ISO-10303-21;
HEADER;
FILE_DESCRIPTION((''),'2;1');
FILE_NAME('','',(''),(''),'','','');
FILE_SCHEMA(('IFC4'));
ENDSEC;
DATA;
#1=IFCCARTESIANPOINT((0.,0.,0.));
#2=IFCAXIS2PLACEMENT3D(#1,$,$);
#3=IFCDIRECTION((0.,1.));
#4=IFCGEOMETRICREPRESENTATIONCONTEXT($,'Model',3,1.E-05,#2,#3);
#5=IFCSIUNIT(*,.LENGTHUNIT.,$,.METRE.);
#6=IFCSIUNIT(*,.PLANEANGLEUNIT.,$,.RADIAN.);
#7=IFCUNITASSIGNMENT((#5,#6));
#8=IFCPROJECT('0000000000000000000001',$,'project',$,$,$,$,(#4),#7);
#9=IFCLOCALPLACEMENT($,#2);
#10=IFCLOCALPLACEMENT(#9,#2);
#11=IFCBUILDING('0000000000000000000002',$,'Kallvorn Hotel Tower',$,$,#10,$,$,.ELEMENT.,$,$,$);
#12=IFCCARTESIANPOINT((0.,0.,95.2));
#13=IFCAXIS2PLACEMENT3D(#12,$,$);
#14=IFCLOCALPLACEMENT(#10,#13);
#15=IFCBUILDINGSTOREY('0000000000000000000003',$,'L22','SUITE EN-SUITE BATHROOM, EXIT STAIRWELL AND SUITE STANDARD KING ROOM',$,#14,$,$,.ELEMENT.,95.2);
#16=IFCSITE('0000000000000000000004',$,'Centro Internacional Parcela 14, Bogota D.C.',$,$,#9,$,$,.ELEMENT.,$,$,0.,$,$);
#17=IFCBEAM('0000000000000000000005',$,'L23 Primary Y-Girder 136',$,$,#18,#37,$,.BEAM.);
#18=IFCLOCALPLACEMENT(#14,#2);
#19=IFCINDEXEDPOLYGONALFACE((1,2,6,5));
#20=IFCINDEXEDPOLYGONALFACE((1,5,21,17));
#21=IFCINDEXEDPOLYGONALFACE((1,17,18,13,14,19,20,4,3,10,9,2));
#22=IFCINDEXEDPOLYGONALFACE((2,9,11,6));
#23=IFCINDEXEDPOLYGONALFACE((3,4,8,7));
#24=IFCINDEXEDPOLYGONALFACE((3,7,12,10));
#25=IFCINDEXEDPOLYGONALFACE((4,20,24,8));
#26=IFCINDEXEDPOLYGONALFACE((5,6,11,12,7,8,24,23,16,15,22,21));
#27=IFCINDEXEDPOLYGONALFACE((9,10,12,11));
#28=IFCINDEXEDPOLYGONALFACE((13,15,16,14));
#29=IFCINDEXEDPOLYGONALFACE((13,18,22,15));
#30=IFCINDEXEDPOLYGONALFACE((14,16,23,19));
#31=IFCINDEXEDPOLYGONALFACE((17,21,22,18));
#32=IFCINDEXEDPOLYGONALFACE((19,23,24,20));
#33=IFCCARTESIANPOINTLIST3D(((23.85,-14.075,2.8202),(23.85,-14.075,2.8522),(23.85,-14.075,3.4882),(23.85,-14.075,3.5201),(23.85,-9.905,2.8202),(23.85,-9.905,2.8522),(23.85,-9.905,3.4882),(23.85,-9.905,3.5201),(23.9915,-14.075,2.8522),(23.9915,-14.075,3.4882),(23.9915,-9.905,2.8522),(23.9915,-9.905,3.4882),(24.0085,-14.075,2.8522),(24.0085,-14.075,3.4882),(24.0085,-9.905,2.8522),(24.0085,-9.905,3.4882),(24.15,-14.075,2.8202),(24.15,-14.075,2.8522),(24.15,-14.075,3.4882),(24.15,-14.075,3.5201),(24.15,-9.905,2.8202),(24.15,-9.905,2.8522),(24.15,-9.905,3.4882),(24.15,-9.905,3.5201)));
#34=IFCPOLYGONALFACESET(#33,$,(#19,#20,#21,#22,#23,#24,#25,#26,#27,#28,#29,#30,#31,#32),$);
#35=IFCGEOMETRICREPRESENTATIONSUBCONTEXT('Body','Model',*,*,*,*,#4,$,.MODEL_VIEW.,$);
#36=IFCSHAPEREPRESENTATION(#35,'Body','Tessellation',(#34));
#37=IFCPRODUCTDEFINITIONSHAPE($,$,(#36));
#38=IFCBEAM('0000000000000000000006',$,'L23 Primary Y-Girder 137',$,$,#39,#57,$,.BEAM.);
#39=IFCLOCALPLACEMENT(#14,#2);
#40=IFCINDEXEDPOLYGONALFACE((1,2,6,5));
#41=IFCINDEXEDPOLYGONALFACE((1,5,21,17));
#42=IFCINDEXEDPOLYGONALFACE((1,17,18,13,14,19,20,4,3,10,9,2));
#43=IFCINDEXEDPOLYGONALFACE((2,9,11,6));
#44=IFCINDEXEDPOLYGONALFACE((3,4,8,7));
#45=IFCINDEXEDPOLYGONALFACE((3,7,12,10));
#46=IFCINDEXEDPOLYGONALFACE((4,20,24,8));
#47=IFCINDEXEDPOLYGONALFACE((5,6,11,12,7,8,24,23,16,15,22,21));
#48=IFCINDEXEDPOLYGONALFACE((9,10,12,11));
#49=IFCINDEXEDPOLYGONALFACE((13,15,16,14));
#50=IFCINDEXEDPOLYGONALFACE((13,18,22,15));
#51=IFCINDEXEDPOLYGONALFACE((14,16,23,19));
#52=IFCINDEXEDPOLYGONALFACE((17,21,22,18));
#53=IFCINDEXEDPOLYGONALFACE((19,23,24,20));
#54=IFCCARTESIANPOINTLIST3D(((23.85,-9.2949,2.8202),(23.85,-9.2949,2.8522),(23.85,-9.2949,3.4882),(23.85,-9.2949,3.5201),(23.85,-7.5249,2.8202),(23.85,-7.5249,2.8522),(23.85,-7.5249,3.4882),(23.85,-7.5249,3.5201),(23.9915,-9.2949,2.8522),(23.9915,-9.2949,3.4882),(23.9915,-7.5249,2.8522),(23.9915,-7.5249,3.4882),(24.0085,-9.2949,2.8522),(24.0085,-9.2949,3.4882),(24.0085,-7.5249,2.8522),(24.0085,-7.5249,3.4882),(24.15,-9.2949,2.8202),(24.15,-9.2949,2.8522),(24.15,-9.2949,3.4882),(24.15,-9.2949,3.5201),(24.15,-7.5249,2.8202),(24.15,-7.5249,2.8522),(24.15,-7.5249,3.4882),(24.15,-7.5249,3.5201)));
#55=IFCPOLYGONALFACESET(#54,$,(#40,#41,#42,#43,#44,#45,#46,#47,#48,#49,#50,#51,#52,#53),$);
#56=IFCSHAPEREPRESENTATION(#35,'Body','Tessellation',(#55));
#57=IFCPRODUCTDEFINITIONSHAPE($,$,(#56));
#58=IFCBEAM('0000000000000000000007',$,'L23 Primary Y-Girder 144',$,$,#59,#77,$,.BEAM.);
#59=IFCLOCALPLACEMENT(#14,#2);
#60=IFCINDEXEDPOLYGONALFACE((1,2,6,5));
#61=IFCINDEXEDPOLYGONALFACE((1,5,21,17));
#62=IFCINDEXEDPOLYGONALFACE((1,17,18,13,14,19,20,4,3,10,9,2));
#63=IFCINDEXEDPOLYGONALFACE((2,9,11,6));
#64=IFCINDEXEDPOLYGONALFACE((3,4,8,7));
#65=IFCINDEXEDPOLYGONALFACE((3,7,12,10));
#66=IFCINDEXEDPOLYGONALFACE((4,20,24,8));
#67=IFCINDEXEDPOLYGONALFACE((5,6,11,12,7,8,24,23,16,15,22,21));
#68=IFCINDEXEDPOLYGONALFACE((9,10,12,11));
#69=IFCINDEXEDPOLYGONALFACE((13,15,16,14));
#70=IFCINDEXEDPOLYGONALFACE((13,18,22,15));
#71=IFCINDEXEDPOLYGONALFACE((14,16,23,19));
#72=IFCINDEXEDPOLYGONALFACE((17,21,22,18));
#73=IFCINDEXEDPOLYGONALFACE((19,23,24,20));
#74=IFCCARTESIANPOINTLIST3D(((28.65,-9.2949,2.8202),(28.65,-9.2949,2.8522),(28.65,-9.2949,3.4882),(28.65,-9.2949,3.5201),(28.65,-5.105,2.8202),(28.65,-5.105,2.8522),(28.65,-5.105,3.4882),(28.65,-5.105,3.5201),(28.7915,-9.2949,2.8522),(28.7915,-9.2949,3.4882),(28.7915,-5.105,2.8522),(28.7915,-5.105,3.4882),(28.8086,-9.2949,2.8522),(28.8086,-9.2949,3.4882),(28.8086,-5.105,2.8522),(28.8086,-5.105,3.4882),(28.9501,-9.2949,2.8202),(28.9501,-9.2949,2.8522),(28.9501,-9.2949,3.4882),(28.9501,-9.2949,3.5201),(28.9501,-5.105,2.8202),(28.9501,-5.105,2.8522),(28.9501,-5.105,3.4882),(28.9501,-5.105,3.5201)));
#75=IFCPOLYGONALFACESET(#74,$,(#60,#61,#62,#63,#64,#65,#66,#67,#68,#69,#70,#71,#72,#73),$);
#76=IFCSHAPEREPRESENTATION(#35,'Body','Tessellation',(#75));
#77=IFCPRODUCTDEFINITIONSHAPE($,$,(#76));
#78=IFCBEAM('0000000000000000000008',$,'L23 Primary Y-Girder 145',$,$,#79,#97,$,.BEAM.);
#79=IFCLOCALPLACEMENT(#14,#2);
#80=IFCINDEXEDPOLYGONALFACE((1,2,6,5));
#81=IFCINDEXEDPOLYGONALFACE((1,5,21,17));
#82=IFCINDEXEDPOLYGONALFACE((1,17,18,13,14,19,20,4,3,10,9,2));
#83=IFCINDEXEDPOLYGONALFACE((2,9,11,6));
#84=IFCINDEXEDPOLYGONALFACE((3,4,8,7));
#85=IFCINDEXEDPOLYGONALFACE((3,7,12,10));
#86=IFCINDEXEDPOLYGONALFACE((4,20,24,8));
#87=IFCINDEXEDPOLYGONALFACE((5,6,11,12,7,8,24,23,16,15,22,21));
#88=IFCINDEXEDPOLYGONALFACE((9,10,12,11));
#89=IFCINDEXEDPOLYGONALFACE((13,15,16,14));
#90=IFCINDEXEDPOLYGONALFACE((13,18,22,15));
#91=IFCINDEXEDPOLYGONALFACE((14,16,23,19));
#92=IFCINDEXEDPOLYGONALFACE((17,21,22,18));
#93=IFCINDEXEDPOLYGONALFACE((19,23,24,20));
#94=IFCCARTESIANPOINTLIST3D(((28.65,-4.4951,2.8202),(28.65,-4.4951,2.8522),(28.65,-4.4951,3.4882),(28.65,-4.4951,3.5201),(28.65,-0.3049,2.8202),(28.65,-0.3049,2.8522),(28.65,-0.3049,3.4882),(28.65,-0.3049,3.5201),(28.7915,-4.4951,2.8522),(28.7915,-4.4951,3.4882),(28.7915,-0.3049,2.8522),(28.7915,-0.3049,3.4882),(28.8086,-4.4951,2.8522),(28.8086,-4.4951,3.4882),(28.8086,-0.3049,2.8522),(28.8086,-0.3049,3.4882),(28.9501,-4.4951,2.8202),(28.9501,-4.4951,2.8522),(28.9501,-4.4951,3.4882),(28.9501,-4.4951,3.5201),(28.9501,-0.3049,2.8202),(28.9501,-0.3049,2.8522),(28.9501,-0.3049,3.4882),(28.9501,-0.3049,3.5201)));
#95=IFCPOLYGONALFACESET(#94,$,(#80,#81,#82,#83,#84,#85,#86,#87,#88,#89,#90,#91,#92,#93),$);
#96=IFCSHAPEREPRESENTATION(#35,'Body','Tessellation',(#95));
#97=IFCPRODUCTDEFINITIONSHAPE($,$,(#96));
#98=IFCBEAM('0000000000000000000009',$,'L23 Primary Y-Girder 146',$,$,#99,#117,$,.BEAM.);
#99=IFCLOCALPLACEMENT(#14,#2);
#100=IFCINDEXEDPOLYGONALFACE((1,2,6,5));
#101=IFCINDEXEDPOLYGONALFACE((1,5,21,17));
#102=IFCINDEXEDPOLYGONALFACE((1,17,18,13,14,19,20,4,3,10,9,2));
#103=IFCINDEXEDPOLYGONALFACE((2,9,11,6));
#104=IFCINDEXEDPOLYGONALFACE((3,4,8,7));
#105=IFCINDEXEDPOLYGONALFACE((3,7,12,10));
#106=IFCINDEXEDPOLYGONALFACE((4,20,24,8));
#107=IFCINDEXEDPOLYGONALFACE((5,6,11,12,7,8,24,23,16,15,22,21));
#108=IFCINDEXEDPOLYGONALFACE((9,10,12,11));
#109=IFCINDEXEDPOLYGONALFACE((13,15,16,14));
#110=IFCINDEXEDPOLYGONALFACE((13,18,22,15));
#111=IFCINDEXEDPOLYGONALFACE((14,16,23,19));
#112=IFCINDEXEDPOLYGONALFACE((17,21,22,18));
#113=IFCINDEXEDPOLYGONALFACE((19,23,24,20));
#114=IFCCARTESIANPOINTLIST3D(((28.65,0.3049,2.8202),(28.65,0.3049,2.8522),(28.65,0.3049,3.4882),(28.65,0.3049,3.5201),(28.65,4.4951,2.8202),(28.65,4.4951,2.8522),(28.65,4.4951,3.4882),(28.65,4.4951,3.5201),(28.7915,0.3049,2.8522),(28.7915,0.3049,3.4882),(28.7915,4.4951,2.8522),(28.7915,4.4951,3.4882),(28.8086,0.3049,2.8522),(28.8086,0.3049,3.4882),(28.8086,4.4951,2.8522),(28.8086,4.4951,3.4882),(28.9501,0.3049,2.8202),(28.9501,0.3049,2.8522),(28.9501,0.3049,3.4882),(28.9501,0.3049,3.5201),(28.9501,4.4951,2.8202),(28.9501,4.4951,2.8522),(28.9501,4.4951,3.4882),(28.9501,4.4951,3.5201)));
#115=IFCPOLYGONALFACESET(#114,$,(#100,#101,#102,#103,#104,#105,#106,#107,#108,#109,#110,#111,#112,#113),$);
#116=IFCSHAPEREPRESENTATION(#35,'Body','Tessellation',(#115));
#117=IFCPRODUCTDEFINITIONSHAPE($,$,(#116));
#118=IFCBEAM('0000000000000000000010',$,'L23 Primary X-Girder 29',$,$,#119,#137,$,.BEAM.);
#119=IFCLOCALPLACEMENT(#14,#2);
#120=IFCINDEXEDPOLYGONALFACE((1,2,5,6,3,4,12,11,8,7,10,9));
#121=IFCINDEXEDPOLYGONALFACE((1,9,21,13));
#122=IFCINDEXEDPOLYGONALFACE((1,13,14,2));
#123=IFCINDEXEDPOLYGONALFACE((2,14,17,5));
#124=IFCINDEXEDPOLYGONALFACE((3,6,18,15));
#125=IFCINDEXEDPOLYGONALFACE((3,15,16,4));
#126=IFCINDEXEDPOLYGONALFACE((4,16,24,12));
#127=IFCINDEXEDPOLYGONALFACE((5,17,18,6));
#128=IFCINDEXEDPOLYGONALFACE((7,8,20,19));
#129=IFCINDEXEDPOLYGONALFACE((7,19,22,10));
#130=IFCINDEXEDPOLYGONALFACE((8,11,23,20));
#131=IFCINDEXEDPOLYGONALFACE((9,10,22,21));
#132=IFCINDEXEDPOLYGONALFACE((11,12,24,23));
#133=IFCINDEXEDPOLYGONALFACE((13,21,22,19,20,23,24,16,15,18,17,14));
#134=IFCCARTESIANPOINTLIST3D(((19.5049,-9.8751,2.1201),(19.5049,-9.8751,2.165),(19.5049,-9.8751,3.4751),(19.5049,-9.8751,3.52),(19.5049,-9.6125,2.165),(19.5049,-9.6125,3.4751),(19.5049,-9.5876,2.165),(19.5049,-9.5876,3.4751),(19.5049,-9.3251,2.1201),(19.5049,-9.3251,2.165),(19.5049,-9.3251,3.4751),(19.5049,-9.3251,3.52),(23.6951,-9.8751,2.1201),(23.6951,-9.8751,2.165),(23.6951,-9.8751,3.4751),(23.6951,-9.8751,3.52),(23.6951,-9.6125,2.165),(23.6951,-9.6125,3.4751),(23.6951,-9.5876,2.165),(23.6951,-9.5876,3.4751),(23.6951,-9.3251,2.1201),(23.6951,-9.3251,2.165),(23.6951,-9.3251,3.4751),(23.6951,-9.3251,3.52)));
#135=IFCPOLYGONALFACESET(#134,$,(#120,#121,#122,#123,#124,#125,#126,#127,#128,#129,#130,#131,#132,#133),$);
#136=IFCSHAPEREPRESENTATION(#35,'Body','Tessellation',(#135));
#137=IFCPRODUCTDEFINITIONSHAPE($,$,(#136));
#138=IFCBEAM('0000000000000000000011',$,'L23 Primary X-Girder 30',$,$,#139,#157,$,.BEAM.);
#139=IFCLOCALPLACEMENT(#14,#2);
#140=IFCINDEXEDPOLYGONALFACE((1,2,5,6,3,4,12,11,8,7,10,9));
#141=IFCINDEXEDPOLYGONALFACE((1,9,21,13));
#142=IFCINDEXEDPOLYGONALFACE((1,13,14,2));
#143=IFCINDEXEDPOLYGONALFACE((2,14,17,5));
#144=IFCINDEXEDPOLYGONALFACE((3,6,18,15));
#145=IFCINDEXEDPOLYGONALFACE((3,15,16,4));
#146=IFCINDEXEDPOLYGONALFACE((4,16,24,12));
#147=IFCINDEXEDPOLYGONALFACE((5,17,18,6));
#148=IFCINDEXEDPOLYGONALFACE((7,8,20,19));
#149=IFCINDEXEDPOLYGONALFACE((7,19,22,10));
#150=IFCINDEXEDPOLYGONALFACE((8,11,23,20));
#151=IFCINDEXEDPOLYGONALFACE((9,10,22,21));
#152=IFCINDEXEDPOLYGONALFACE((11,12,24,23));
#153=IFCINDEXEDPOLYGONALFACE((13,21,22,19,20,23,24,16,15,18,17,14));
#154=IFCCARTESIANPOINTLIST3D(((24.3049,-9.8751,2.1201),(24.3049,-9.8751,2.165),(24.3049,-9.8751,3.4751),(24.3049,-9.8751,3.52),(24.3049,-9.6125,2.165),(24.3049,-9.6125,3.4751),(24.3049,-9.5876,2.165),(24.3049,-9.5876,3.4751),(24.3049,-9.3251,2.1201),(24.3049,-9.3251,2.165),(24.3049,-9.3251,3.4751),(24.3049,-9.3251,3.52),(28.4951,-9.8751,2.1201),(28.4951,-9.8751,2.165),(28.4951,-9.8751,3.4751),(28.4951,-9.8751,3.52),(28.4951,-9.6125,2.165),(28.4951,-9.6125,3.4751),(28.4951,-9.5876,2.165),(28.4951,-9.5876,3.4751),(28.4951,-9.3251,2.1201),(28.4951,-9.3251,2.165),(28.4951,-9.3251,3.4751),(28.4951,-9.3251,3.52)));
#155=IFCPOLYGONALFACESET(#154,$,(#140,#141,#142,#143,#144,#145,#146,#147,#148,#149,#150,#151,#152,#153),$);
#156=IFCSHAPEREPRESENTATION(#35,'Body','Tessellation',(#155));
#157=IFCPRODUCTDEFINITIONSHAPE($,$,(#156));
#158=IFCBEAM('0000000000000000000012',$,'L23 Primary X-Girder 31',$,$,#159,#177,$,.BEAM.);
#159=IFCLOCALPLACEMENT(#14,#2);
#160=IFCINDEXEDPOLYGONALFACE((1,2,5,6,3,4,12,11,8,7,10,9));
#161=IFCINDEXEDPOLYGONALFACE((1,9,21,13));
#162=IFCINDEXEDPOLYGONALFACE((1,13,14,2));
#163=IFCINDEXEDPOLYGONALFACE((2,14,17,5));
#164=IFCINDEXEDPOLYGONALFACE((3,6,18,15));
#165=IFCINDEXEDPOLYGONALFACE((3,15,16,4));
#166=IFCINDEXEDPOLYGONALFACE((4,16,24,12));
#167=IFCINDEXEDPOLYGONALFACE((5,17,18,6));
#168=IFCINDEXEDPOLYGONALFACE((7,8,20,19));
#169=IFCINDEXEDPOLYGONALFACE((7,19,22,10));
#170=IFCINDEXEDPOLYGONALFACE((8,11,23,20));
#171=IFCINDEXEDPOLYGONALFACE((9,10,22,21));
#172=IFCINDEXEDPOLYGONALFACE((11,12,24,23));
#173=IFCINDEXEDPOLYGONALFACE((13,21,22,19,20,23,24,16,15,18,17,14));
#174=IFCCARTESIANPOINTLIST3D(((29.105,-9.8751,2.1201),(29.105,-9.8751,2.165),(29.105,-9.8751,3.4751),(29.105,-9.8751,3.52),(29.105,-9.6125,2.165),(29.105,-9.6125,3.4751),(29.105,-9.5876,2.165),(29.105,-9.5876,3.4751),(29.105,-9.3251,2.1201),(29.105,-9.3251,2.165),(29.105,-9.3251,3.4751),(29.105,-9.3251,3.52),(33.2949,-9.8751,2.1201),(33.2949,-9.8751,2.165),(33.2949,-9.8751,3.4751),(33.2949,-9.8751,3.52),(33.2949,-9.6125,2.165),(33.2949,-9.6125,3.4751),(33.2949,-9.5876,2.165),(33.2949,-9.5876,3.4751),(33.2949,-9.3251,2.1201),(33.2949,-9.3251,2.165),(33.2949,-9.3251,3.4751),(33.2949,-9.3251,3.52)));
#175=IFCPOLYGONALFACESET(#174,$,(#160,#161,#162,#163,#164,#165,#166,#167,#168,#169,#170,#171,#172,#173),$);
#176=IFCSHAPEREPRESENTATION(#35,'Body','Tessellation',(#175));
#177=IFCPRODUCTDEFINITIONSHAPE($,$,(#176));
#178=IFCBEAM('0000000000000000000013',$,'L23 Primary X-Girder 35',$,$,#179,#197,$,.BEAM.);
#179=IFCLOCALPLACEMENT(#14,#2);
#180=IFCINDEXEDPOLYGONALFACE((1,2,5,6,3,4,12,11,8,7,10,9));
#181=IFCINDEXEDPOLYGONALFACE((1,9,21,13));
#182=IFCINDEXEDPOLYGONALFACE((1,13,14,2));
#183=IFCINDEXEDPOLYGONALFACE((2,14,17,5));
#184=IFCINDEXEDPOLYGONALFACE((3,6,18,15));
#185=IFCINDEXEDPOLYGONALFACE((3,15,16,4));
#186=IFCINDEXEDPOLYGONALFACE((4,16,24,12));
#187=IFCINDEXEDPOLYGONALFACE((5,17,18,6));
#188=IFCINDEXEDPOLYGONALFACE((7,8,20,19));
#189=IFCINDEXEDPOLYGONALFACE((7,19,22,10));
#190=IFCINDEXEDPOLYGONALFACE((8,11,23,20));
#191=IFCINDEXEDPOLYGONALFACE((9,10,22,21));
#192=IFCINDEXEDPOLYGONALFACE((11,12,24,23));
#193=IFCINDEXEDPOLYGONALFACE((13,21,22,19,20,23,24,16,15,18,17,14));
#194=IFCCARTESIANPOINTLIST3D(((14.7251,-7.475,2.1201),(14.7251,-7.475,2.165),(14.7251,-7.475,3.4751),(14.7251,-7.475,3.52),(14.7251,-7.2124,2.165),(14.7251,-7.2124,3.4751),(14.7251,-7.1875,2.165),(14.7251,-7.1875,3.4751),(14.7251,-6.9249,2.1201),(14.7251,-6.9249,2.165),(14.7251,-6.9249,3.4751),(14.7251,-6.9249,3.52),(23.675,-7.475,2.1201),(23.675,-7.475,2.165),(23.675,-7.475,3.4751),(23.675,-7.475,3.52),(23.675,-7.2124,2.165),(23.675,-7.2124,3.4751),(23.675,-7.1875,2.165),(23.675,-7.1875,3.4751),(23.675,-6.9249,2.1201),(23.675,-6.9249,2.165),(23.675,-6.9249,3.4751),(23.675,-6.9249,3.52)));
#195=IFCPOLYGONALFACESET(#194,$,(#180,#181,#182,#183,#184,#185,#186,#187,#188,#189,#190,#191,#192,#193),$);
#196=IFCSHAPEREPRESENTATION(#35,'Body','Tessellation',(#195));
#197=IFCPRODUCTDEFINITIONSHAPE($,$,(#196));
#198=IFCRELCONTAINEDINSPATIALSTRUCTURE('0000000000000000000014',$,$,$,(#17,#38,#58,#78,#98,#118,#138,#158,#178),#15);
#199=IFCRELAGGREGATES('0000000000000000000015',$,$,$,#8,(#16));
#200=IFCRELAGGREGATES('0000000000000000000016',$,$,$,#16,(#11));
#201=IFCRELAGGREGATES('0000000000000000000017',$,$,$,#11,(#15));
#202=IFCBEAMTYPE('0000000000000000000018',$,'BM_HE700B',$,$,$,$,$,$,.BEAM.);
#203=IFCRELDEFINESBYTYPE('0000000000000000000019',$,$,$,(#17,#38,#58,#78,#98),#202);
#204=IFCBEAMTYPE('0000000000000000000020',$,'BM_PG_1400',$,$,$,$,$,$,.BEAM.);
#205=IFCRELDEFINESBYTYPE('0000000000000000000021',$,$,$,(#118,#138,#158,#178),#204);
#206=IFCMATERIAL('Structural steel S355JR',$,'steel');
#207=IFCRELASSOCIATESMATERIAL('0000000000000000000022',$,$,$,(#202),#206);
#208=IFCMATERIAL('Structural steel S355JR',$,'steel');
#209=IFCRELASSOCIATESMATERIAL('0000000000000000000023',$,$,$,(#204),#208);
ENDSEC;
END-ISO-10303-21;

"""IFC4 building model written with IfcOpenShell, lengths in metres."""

from ifc_helpers import new_model, si_unit, direction, frame, origin, origin_2d, place, context, subcontext, project, spatial, i_section, extrude, material, material_profile, profile_set, type_object, element, save


model = new_model("IFC4")

# Units and contexts
model_context = context("Model", 3, precision=1e-05, world=origin(), true_north=direction((0.0, 1.0)))
body_context = subcontext(model_context, "Body", "Model", "MODEL_VIEW")
ifc_project = project(units=[si_unit("LENGTHUNIT", "METRE"), si_unit("PLANEANGLEUNIT", "RADIAN")], contexts=[model_context])

# Site, building, storey
site_placement = place(None, origin())
site = spatial("IfcSite", under=ifc_project, at=site_placement, Name="Centro Internacional Parcela 14, Bogota D.C.", CompositionType="ELEMENT", RefElevation=0.0)
building_placement = place(site_placement, origin())
building = spatial("IfcBuilding", under=site, at=building_placement, Name="Kallvorn Hotel Tower", CompositionType="ELEMENT")
storey_placement = place(building_placement, frame((0.0, 0.0, 95.2)))
storey = spatial("IfcBuildingStorey", under=building, at=storey_placement, Name="L22", Description="SUITE EN-SUITE BATHROOM, EXIT STAIRWELL AND SUITE STANDARD KING ROOM", CompositionType="ELEMENT", Elevation=95.2)

# Beams
ifc_material_1 = material(Name="Structural steel S355JR", Category="steel")
ifc_material_profile_1 = material_profile(ifc_material_1, i_section(OverallWidth=0.3, OverallDepth=0.7, WebThickness=0.0171, FlangeThickness=0.032, at=origin_2d()), Name="HE 700 B")
ifc_profile_set_1 = profile_set([ifc_material_profile_1], Name="Structural steel S355JR")
beam_type_1 = type_object("IfcBeamType", Name="BM_HE700B", PredefinedType="BEAM", material=ifc_profile_set_1)
beam_1_placement = place(storey_placement, frame((24.0, -14.075, 3.1702), z_axis=(0.0, 1.0, 0.0), x_axis=(-1.0, 0.0, 0.0)))
element("IfcBeam", 1, at=beam_1_placement, inside=storey, type_object=beam_type_1, Name="L23 Primary Y-Girder 136", PredefinedType="BEAM", context=body_context, shape_type="SweptSolid", body=[
    extrude(i_section(OverallWidth=0.3, OverallDepth=0.7, WebThickness=0.0171, FlangeThickness=0.032, at=origin_2d()), origin(), (0.0, 0.0, 1.0), 4.1699),
])
beam_2_placement = place(storey_placement, frame((24.0, -9.2949, 3.1702), z_axis=(0.0, 1.0, 0.0), x_axis=(-1.0, 0.0, 0.0)))
element("IfcBeam", 2, at=beam_2_placement, inside=storey, type_object=beam_type_1, Name="L23 Primary Y-Girder 137", PredefinedType="BEAM", context=body_context, shape_type="SweptSolid", body=[
    extrude(i_section(OverallWidth=0.3, OverallDepth=0.7, WebThickness=0.0171, FlangeThickness=0.032, at=origin_2d()), origin(), (0.0, 0.0, 1.0), 1.77),
])
beam_3_placement = place(storey_placement, frame((28.8, -9.2949, 3.1702), z_axis=(0.0, 1.0, 0.0), x_axis=(-1.0, 0.0, 0.0)))
element("IfcBeam", 3, at=beam_3_placement, inside=storey, type_object=beam_type_1, Name="L23 Primary Y-Girder 144", PredefinedType="BEAM", context=body_context, shape_type="SweptSolid", body=[
    extrude(i_section(OverallWidth=0.3, OverallDepth=0.7, WebThickness=0.0171, FlangeThickness=0.032, at=origin_2d()), origin(), (0.0, 0.0, 1.0), 4.1899),
])
for number, where, z_axis, x_axis, name in (
    (4, (28.8, -4.4951, 3.1702), (0.0, 1.0, 0.0), (-1.0, 0.0, 0.0), "L23 Primary Y-Girder 145"),
    (5, (28.8, 0.3049, 3.1702), (0.0, 1.0, 0.0), (-1.0, 0.0, 0.0), "L23 Primary Y-Girder 146"),
):
    element("IfcBeam", number, at=place(storey_placement, frame(where, z_axis=z_axis, x_axis=x_axis)), inside=storey, type_object=beam_type_1, Name=name, PredefinedType="BEAM", context=body_context, shape_type="SweptSolid", body=[
        extrude(i_section(OverallWidth=0.3, OverallDepth=0.7, WebThickness=0.0171, FlangeThickness=0.032, at=origin_2d()), origin(), (0.0, 0.0, 1.0), 4.1902),
    ])
ifc_material_2 = material(Name="Structural steel S355JR", Category="steel")
ifc_material_profile_2 = material_profile(ifc_material_2, i_section(OverallWidth=0.55, OverallDepth=1.3999, WebThickness=0.0249, FlangeThickness=0.0449, at=origin_2d()), Name="PG 1400x550x25x45")
ifc_profile_set_2 = profile_set([ifc_material_profile_2], Name="Structural steel S355JR")
beam_type_2 = type_object("IfcBeamType", Name="BM_PG_1400", PredefinedType="BEAM", material=ifc_profile_set_2)
for number, where, z_axis, x_axis, name in (
    (6, (19.5049, -9.6001, 2.8201), (1.0, 0.0, 0.0), (0.0, 1.0, 0.0), "L23 Primary X-Girder 29"),
    (7, (24.3049, -9.6001, 2.8201), (1.0, 0.0, 0.0), (0.0, 1.0, 0.0), "L23 Primary X-Girder 30"),
):
    element("IfcBeam", number, at=place(storey_placement, frame(where, z_axis=z_axis, x_axis=x_axis)), inside=storey, type_object=beam_type_2, Name=name, PredefinedType="BEAM", context=body_context, shape_type="SweptSolid", body=[
        extrude(i_section(OverallWidth=0.55, OverallDepth=1.3999, WebThickness=0.0249, FlangeThickness=0.0449, at=origin_2d()), origin(), (0.0, 0.0, 1.0), 4.1902),
    ])
beam_4_placement = place(storey_placement, frame((29.105, -9.6001, 2.8201), z_axis=(1.0, 0.0, 0.0), x_axis=(0.0, 1.0, 0.0)))
element("IfcBeam", 8, at=beam_4_placement, inside=storey, type_object=beam_type_2, Name="L23 Primary X-Girder 31", PredefinedType="BEAM", context=body_context, shape_type="SweptSolid", body=[
    extrude(i_section(OverallWidth=0.55, OverallDepth=1.3999, WebThickness=0.0249, FlangeThickness=0.0449, at=origin_2d()), origin(), (0.0, 0.0, 1.0), 4.1899),
])
beam_5_placement = place(storey_placement, frame((14.7251, -7.2, 2.8201), z_axis=(1.0, 0.0, 0.0), x_axis=(0.0, 1.0, 0.0)))
element("IfcBeam", 9, at=beam_5_placement, inside=storey, type_object=beam_type_2, Name="L23 Primary X-Girder 35", PredefinedType="BEAM", context=body_context, shape_type="SweptSolid", body=[
    extrude(i_section(OverallWidth=0.55, OverallDepth=1.3999, WebThickness=0.0249, FlangeThickness=0.0449, at=origin_2d()), origin(), (0.0, 0.0, 1.0), 8.95),
])

save(model, "model.ifc")
